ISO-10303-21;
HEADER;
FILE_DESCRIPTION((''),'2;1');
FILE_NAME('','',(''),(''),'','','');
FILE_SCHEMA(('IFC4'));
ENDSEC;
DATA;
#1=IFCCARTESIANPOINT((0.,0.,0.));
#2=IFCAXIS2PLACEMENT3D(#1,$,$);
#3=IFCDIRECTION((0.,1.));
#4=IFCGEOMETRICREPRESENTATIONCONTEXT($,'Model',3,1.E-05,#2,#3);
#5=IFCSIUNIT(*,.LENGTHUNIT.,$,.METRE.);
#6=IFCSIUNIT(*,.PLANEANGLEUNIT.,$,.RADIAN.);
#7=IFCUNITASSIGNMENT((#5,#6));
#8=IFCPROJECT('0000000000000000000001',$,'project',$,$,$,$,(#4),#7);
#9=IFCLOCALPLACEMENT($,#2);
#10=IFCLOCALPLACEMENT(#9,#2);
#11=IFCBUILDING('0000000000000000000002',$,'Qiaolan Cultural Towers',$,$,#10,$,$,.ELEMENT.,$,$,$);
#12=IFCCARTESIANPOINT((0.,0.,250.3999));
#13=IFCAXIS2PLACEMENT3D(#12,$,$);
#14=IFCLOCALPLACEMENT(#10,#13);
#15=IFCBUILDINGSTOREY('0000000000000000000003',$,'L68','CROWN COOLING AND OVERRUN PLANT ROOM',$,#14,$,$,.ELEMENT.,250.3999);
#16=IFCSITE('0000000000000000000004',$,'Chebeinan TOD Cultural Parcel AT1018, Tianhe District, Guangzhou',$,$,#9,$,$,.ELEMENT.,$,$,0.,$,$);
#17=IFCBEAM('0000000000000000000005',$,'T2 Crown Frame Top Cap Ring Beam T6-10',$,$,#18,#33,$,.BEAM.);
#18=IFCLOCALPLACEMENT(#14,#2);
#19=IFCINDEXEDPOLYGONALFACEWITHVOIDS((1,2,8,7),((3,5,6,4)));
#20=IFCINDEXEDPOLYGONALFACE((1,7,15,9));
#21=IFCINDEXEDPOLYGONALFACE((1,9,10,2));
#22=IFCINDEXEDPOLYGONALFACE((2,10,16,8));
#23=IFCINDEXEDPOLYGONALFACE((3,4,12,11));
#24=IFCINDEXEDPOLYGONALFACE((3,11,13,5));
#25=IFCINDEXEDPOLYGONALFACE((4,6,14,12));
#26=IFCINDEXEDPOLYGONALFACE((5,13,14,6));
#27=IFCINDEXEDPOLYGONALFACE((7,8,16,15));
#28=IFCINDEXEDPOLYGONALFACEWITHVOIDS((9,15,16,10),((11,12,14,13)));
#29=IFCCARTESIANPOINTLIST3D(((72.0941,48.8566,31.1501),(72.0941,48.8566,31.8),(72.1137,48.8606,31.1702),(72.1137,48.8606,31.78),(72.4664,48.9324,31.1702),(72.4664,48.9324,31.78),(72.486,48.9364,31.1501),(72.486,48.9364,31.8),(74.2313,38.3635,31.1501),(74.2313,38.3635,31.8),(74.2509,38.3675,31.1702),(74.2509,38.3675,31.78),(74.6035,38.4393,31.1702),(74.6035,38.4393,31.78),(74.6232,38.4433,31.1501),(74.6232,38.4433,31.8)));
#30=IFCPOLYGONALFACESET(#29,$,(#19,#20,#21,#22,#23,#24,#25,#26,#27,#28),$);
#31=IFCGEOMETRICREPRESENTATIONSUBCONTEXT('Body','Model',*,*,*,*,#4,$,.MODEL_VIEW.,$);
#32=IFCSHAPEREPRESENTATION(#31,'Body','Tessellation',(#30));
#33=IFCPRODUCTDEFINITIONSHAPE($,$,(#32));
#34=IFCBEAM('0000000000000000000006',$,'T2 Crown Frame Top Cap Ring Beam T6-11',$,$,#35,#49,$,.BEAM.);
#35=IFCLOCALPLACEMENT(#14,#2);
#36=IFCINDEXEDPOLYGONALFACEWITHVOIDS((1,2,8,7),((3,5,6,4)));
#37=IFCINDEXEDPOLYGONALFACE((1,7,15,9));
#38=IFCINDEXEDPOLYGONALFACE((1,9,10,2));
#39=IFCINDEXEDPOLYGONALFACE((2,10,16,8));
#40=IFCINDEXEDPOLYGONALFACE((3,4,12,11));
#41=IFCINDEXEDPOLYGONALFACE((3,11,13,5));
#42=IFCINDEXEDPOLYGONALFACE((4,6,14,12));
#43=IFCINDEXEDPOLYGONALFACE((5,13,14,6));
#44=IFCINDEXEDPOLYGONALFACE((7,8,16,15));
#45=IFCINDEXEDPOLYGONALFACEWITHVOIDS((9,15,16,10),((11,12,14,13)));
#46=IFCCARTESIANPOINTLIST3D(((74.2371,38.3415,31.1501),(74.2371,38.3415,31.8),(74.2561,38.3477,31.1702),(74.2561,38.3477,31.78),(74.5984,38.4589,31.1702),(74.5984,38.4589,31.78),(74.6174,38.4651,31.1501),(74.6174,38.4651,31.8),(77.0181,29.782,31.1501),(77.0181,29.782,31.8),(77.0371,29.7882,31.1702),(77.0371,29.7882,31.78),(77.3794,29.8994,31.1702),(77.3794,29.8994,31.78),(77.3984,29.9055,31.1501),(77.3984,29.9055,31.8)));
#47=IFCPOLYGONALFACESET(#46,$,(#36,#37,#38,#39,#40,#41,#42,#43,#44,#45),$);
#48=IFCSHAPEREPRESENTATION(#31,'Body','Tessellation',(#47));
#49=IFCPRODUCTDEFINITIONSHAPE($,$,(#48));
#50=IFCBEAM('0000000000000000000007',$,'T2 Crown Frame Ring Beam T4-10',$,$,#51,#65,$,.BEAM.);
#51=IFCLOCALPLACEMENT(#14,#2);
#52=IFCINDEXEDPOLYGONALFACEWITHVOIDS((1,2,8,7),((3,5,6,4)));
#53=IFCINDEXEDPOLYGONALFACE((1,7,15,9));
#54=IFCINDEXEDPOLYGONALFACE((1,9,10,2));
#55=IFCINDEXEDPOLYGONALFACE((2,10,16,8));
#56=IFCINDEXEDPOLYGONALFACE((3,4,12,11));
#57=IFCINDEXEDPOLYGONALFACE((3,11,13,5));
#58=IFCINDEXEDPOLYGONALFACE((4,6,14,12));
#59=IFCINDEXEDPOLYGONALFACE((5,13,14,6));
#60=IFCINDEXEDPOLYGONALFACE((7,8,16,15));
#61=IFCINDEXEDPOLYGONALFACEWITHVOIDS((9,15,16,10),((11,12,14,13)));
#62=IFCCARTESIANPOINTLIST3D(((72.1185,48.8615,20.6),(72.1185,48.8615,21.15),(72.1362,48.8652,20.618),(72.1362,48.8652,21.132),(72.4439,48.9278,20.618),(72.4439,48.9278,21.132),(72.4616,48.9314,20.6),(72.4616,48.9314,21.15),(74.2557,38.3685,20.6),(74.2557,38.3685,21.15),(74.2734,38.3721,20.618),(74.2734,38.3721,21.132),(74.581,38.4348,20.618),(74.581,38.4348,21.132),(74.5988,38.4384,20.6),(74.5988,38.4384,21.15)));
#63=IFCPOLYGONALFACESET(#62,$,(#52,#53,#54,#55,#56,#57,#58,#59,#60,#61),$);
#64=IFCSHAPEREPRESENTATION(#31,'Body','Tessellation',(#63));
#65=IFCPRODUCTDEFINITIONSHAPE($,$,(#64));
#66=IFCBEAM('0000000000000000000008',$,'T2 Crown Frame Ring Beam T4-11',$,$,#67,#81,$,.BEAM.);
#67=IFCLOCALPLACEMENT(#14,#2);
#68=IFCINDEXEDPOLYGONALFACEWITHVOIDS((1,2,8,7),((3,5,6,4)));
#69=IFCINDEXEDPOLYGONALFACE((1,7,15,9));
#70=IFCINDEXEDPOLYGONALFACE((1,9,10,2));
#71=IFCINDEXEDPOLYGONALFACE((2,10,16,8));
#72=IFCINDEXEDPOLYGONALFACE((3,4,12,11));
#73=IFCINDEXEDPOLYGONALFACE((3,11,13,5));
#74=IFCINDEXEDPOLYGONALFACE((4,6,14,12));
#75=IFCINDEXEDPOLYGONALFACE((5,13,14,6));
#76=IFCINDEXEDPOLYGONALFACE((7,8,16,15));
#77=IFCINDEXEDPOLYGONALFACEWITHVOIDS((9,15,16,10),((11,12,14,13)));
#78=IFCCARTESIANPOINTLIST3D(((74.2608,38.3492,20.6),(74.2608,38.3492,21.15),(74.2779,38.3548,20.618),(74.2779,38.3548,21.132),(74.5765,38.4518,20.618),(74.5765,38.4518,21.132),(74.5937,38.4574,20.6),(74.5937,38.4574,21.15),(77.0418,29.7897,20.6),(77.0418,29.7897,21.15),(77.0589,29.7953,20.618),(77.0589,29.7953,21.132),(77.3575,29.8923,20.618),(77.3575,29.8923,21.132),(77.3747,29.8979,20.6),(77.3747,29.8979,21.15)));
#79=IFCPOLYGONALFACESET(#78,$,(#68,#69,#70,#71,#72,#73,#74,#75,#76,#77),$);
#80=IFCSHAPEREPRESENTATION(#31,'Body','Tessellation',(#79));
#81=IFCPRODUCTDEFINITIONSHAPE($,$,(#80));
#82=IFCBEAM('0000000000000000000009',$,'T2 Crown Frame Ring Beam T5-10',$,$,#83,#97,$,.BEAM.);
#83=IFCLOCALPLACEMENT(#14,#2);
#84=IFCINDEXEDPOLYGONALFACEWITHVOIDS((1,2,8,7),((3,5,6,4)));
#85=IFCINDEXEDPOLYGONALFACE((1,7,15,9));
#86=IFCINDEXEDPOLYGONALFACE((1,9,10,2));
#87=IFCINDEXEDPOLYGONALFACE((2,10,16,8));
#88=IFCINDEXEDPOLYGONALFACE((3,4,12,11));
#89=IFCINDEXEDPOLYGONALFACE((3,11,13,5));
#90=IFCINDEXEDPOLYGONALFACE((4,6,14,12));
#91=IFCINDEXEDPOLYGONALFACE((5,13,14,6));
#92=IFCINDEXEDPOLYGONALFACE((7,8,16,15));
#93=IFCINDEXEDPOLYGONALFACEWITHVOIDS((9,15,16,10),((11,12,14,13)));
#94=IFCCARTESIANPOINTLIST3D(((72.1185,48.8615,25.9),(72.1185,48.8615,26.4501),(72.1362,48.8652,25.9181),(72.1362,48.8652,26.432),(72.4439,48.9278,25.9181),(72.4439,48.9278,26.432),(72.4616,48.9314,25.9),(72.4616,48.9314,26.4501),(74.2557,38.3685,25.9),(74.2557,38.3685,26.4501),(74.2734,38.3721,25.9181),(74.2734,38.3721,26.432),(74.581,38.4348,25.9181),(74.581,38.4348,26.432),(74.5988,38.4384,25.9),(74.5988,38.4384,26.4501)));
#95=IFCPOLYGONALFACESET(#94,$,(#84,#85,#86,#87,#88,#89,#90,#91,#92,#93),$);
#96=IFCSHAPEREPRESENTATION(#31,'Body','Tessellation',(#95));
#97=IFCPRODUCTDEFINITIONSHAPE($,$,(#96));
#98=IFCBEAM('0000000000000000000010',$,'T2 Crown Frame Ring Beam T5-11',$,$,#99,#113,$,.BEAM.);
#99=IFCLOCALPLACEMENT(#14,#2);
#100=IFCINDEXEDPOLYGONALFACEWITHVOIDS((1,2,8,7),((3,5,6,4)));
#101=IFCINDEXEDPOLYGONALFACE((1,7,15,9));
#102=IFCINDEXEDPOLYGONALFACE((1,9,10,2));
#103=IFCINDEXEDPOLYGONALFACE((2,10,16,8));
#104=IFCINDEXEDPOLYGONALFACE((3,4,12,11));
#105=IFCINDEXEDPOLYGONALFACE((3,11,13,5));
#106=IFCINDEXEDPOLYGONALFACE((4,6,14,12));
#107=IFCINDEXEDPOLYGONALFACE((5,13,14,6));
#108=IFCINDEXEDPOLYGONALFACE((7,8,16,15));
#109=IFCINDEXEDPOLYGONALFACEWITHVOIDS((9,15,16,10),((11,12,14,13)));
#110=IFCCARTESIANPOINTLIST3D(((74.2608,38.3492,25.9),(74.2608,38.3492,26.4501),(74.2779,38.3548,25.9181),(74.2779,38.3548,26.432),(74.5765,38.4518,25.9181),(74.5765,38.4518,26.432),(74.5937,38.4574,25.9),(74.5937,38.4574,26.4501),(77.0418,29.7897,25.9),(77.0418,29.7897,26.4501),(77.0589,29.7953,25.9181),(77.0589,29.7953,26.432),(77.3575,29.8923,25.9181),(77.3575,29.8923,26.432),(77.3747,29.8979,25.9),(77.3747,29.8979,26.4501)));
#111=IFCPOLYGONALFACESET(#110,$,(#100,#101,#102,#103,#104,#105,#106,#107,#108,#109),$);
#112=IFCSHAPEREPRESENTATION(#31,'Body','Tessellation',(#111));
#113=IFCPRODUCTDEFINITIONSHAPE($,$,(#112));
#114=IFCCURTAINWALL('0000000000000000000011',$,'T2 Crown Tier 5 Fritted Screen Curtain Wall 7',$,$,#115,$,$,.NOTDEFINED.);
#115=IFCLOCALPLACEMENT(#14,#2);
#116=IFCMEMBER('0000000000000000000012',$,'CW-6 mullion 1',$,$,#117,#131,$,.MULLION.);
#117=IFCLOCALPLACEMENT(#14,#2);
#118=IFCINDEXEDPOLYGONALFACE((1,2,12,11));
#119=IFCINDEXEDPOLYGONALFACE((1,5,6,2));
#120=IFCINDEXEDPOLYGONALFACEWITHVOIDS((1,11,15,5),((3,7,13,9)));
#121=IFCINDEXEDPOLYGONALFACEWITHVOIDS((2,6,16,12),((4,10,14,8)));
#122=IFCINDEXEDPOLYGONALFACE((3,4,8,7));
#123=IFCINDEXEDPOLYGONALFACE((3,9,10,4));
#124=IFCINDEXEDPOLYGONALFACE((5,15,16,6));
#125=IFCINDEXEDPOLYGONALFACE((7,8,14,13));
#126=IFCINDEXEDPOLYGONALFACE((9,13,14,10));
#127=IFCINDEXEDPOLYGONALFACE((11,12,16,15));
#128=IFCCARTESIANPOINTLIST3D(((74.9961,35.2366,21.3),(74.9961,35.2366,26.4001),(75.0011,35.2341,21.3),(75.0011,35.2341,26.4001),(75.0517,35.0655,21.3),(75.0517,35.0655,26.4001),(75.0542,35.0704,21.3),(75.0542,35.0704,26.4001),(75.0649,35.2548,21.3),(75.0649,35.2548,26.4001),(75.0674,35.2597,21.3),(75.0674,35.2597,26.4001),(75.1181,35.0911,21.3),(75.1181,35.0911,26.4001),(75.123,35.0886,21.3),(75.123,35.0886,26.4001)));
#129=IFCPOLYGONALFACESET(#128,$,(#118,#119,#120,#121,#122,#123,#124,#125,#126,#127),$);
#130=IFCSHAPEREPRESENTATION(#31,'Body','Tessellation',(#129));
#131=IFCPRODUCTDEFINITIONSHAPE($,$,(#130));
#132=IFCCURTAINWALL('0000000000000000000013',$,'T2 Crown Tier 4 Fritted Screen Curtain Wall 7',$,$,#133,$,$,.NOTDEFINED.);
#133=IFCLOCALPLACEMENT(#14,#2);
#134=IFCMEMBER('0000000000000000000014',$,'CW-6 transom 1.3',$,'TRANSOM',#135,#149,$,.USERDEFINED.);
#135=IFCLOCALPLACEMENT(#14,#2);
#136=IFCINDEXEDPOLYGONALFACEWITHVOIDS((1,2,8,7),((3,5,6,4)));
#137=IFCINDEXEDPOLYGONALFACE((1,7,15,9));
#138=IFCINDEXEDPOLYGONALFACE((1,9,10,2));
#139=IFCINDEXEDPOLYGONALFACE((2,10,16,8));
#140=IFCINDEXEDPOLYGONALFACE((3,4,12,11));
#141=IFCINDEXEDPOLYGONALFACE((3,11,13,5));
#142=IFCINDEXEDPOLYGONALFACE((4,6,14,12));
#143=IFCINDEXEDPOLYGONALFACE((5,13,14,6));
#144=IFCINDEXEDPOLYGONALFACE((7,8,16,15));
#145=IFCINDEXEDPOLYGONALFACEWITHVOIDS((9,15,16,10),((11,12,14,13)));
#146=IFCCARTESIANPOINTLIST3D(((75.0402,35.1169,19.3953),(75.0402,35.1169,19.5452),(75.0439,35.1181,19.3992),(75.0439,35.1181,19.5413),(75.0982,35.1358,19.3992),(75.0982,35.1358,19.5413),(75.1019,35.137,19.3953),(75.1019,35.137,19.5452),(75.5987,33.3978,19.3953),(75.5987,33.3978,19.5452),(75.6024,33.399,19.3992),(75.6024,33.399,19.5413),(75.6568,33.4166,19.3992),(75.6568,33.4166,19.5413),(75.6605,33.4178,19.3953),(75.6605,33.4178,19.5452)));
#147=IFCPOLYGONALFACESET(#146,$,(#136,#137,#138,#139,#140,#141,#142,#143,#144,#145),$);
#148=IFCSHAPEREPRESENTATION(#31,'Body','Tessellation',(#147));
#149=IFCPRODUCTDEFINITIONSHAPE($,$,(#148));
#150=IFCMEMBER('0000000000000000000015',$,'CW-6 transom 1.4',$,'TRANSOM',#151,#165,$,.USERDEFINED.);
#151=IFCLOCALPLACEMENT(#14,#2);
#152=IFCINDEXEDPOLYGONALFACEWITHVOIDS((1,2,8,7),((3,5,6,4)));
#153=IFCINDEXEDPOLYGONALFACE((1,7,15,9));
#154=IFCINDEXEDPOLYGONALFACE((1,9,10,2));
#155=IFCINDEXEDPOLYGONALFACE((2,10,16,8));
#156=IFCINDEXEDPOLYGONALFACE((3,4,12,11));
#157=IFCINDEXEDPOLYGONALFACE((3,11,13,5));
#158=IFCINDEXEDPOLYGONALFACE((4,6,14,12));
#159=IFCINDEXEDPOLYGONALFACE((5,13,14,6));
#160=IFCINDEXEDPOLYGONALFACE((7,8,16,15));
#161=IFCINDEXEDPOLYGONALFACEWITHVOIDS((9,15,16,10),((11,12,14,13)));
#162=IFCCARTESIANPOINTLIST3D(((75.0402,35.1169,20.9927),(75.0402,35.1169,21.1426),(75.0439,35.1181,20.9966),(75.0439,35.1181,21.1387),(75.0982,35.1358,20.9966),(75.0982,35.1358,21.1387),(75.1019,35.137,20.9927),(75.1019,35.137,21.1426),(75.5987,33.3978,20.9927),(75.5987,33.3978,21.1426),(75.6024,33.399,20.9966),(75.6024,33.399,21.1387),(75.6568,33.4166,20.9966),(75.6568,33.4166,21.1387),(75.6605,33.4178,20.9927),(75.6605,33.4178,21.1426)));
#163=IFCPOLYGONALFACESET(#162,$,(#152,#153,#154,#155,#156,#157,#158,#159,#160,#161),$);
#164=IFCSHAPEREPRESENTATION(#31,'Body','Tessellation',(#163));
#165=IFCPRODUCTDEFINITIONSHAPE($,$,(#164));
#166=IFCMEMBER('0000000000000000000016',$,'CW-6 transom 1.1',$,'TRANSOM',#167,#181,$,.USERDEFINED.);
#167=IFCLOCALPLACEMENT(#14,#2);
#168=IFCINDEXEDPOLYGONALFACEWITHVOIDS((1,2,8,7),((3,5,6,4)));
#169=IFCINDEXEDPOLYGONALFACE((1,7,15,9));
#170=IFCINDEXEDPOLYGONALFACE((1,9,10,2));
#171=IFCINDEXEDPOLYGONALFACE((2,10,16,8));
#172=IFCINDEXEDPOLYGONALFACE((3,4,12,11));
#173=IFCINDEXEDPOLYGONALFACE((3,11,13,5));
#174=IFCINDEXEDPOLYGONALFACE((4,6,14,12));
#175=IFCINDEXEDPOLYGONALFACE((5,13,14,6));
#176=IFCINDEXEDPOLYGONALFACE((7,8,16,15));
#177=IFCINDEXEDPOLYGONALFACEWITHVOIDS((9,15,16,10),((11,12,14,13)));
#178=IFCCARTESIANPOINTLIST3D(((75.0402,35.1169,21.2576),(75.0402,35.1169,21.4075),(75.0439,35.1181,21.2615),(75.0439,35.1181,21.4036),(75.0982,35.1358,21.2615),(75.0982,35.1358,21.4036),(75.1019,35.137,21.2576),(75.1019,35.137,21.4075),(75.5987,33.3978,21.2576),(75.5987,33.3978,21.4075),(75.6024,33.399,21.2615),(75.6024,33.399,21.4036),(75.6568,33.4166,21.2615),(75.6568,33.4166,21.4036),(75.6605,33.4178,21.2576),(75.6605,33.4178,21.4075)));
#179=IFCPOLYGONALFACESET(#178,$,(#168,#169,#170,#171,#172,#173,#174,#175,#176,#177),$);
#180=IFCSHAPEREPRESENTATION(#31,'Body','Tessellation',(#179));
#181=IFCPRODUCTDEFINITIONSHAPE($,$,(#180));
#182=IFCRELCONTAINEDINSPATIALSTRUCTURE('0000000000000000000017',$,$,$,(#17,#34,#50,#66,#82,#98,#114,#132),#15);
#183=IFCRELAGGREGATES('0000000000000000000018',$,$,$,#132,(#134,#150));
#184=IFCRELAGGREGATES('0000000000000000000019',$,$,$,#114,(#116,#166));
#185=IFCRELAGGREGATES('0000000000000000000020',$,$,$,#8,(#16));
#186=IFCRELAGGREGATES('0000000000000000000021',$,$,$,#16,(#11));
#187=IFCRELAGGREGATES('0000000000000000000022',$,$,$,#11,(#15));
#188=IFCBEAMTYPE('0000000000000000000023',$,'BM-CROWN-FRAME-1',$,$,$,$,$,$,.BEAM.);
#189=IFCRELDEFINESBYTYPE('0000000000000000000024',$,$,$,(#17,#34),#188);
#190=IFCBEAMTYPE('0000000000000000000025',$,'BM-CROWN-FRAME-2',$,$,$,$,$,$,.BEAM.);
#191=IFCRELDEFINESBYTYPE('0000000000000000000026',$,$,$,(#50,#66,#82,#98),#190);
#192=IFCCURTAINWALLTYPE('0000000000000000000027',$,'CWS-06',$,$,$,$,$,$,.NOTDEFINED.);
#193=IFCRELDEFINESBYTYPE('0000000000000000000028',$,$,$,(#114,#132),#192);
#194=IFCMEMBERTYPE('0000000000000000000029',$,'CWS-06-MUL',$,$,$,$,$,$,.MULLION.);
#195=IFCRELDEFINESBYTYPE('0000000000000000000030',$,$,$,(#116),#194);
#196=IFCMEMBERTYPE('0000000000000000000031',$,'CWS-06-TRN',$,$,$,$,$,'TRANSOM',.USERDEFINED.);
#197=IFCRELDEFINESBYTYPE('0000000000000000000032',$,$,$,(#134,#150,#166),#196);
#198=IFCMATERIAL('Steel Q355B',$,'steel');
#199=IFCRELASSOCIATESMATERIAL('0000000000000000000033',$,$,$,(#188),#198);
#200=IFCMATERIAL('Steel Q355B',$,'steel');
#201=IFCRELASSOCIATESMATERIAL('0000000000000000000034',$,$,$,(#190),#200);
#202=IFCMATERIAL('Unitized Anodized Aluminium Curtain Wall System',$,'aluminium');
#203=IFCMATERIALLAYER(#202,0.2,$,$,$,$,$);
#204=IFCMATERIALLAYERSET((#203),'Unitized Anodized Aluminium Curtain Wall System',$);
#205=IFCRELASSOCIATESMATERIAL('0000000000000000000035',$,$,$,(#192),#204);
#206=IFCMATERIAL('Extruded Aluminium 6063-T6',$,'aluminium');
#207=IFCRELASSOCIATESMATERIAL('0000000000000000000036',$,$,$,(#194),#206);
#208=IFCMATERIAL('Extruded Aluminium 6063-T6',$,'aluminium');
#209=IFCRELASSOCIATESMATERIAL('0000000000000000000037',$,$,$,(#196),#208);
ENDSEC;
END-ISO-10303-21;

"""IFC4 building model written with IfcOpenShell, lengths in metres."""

from ifc_helpers import new_model, si_unit, direction, frame, origin, origin_2d, place, context, subcontext, project, spatial, hollow_rectangle, extrude, material, layer, layer_set, material_profile, profile_set, type_object, element, aggregate, save


model = new_model("IFC4")

# Units and contexts
model_context = context("Model", 3, precision=1e-05, world=origin(), true_north=direction((0.0, 1.0)))
body_context = subcontext(model_context, "Body", "Model", "MODEL_VIEW")
ifc_project = project(units=[si_unit("LENGTHUNIT", "METRE"), si_unit("PLANEANGLEUNIT", "RADIAN")], contexts=[model_context])

# Site, building, storey
site_placement = place(None, origin())
site = spatial("IfcSite", under=ifc_project, at=site_placement, Name="Chebeinan TOD Cultural Parcel AT1018, Tianhe District, Guangzhou", CompositionType="ELEMENT", RefElevation=0.0)
building_placement = place(site_placement, origin())
building = spatial("IfcBuilding", under=site, at=building_placement, Name="Qiaolan Cultural Towers", CompositionType="ELEMENT")
storey_placement = place(building_placement, frame((0.0, 0.0, 250.3999)))
storey = spatial("IfcBuildingStorey", under=building, at=storey_placement, Name="L68", Description="CROWN COOLING AND OVERRUN PLANT ROOM", CompositionType="ELEMENT", Elevation=250.3999)

# Beams
ifc_material_1 = material(Name="Steel Q355B", Category="steel")
ifc_material_profile_1 = material_profile(ifc_material_1, hollow_rectangle(XDim=0.3999, YDim=0.6499, WallThickness=0.02, at=origin_2d()), Name="BOX650x400x20")
ifc_profile_set_1 = profile_set([ifc_material_profile_1], Name="Steel Q355B")
beam_type_1 = type_object("IfcBeamType", Name="BM-CROWN-FRAME-1", PredefinedType="BEAM", material=ifc_profile_set_1)
beam_1_placement = place(storey_placement, frame((72.29, 48.8965, 31.4751), z_axis=(0.199579, -0.979882, 0.0), x_axis=(0.979882, 0.199579, 0.0)))
element("IfcBeam", 1, at=beam_1_placement, inside=storey, type_object=beam_type_1, Name="T2 Crown Frame Top Cap Ring Beam T6-10", PredefinedType="BEAM", context=body_context, shape_type="SweptSolid", body=[
    extrude(hollow_rectangle(XDim=0.3999, YDim=0.6499, WallThickness=0.02, at=origin_2d()), origin(), (0.0, 0.0, 1.0), 10.7085),
])
beam_2_placement = place(storey_placement, frame((74.4272, 38.4033, 31.4751), z_axis=(0.309, -0.951062, 0.0), x_axis=(0.951062, 0.309, 0.0)))
element("IfcBeam", 2, at=beam_2_placement, inside=storey, type_object=beam_type_1, Name="T2 Crown Frame Top Cap Ring Beam T6-11", PredefinedType="BEAM", context=body_context, shape_type="SweptSolid", body=[
    extrude(hollow_rectangle(XDim=0.3999, YDim=0.6499, WallThickness=0.02, at=origin_2d()), origin(), (0.0, 0.0, 1.0), 9.0),
])
ifc_material_2 = material(Name="Steel Q355B", Category="steel")
ifc_material_profile_2 = material_profile(ifc_material_2, hollow_rectangle(XDim=0.3501, YDim=0.55, WallThickness=0.0181, at=origin_2d()), Name="BOX550x350x18")
ifc_profile_set_2 = profile_set([ifc_material_profile_2], Name="Steel Q355B")
beam_type_2 = type_object("IfcBeamType", Name="BM-CROWN-FRAME-2", PredefinedType="BEAM", material=ifc_profile_set_2)
beam_3_placement = place(storey_placement, frame((72.29, 48.8965, 20.875), z_axis=(0.199579, -0.979882, 0.0), x_axis=(0.979882, 0.199579, 0.0)))
element("IfcBeam", 3, at=beam_3_placement, inside=storey, type_object=beam_type_2, Name="T2 Crown Frame Ring Beam T4-10", PredefinedType="BEAM", context=body_context, shape_type="SweptSolid", body=[
    extrude(hollow_rectangle(XDim=0.3501, YDim=0.55, WallThickness=0.0181, at=origin_2d()), origin(), (0.0, 0.0, 1.0), 10.7085),
])
beam_4_placement = place(storey_placement, frame((74.4272, 38.4033, 20.875), z_axis=(0.309, -0.951062, 0.0), x_axis=(0.951062, 0.309, 0.0)))
element("IfcBeam", 4, at=beam_4_placement, inside=storey, type_object=beam_type_2, Name="T2 Crown Frame Ring Beam T4-11", PredefinedType="BEAM", context=body_context, shape_type="SweptSolid", body=[
    extrude(hollow_rectangle(XDim=0.3501, YDim=0.55, WallThickness=0.0181, at=origin_2d()), origin(), (0.0, 0.0, 1.0), 9.0),
])
beam_5_placement = place(storey_placement, frame((72.29, 48.8965, 26.175), z_axis=(0.199579, -0.979882, 0.0), x_axis=(0.979882, 0.199579, 0.0)))
element("IfcBeam", 5, at=beam_5_placement, inside=storey, type_object=beam_type_2, Name="T2 Crown Frame Ring Beam T5-10", PredefinedType="BEAM", context=body_context, shape_type="SweptSolid", body=[
    extrude(hollow_rectangle(XDim=0.3501, YDim=0.55, WallThickness=0.0181, at=origin_2d()), origin(), (0.0, 0.0, 1.0), 10.7085),
])
beam_6_placement = place(storey_placement, frame((74.4272, 38.4033, 26.175), z_axis=(0.309, -0.951062, 0.0), x_axis=(0.951062, 0.309, 0.0)))
element("IfcBeam", 6, at=beam_6_placement, inside=storey, type_object=beam_type_2, Name="T2 Crown Frame Ring Beam T5-11", PredefinedType="BEAM", context=body_context, shape_type="SweptSolid", body=[
    extrude(hollow_rectangle(XDim=0.3501, YDim=0.55, WallThickness=0.0181, at=origin_2d()), origin(), (0.0, 0.0, 1.0), 9.0),
])

# Curtain wall, member
ifc_material_3 = material(Name="Unitized Anodized Aluminium Curtain Wall System", Category="aluminium")
ifc_layer_1 = layer(ifc_material_3, 0.2)
ifc_layer_set_1 = layer_set([ifc_layer_1], Name="Unitized Anodized Aluminium Curtain Wall System")
curtain_wall_type = type_object("IfcCurtainWallType", Name="CWS-06", PredefinedType="NOTDEFINED", material=ifc_layer_set_1)
curtain_wall_1_placement = place(storey_placement, origin())
curtain_wall_1 = element("IfcCurtainWall", 7, at=curtain_wall_1_placement, inside=storey, type_object=curtain_wall_type, Name="T2 Crown Tier 5 Fritted Screen Curtain Wall 7", PredefinedType="NOTDEFINED")
ifc_material_4 = material(Name="Extruded Aluminium 6063-T6", Category="aluminium")
ifc_material_profile_3 = material_profile(ifc_material_4, hollow_rectangle(XDim=0.075, YDim=0.1799, WallThickness=0.0039, at=origin_2d()), Name="CWM-180x75x4")
ifc_profile_set_3 = profile_set([ifc_material_profile_3], Name="Extruded Aluminium 6063-T6")
member_type_1 = type_object("IfcMemberType", Name="CWS-06-MUL", PredefinedType="MULLION", material=ifc_profile_set_3)
member_1_placement = place(storey_placement, frame((75.0596, 35.1626, 21.3), z_axis=(0.0, 0.0, 1.0), x_axis=(0.951057, 0.309017, 0.0)))
member_1 = element("IfcMember", 8, at=member_1_placement, type_object=member_type_1, Name="CW-6 mullion 1", PredefinedType="MULLION", context=body_context, shape_type="SweptSolid", body=[
    extrude(hollow_rectangle(XDim=0.075, YDim=0.1799, WallThickness=0.0039, at=origin_2d()), origin(), (0.0, 0.0, 1.0), 5.1001),
])

# Curtain wall, members
curtain_wall_2_placement = place(storey_placement, origin())
curtain_wall_2 = element("IfcCurtainWall", 9, at=curtain_wall_2_placement, inside=storey, type_object=curtain_wall_type, Name="T2 Crown Tier 4 Fritted Screen Curtain Wall 7", PredefinedType="NOTDEFINED")
ifc_material_5 = material(Name="Extruded Aluminium 6063-T6", Category="aluminium")
ifc_material_profile_4 = material_profile(ifc_material_5, hollow_rectangle(XDim=0.0649, YDim=0.1499, WallThickness=0.0039, at=origin_2d()), Name="CWT-150x65x4")
ifc_profile_set_4 = profile_set([ifc_material_profile_4], Name="Extruded Aluminium 6063-T6")
member_type_2 = type_object("IfcMemberType", Name="CWS-06-TRN", ElementType="TRANSOM", PredefinedType="USERDEFINED", material=ifc_profile_set_4)
member_2_placement = place(storey_placement, frame((75.071, 35.127, 19.4702), z_axis=(0.309007, -0.95106, 0.0), x_axis=(0.95106, 0.309007, 0.0)))
member_2 = element("IfcMember", 10, at=member_2_placement, type_object=member_type_2, Name="CW-6 transom 1.3", ObjectType="TRANSOM", PredefinedType="USERDEFINED", context=body_context, shape_type="SweptSolid", body=[
    extrude(hollow_rectangle(XDim=0.0649, YDim=0.1499, WallThickness=0.0039, at=origin_2d()), origin(), (0.0, 0.0, 1.0), 1.8076),
])
member_3_placement = place(storey_placement, frame((75.071, 35.127, 21.0676), z_axis=(0.309007, -0.95106, 0.0), x_axis=(0.95106, 0.309007, 0.0)))
member_3 = element("IfcMember", 11, at=member_3_placement, type_object=member_type_2, Name="CW-6 transom 1.4", ObjectType="TRANSOM", PredefinedType="USERDEFINED", context=body_context, shape_type="SweptSolid", body=[
    extrude(hollow_rectangle(XDim=0.0649, YDim=0.1499, WallThickness=0.0039, at=origin_2d()), origin(), (0.0, 0.0, 1.0), 1.8076),
])
aggregate(curtain_wall_2, [member_2, member_3])

# Member
member_4_placement = place(storey_placement, frame((75.071, 35.127, 21.3325), z_axis=(0.309007, -0.95106, 0.0), x_axis=(0.95106, 0.309007, 0.0)))
member_4 = element("IfcMember", 12, at=member_4_placement, type_object=member_type_2, Name="CW-6 transom 1.1", ObjectType="TRANSOM", PredefinedType="USERDEFINED", context=body_context, shape_type="SweptSolid", body=[
    extrude(hollow_rectangle(XDim=0.0649, YDim=0.1499, WallThickness=0.0039, at=origin_2d()), origin(), (0.0, 0.0, 1.0), 1.8076),
])
aggregate(curtain_wall_1, [member_1, member_4])

save(model, "model.ifc")
